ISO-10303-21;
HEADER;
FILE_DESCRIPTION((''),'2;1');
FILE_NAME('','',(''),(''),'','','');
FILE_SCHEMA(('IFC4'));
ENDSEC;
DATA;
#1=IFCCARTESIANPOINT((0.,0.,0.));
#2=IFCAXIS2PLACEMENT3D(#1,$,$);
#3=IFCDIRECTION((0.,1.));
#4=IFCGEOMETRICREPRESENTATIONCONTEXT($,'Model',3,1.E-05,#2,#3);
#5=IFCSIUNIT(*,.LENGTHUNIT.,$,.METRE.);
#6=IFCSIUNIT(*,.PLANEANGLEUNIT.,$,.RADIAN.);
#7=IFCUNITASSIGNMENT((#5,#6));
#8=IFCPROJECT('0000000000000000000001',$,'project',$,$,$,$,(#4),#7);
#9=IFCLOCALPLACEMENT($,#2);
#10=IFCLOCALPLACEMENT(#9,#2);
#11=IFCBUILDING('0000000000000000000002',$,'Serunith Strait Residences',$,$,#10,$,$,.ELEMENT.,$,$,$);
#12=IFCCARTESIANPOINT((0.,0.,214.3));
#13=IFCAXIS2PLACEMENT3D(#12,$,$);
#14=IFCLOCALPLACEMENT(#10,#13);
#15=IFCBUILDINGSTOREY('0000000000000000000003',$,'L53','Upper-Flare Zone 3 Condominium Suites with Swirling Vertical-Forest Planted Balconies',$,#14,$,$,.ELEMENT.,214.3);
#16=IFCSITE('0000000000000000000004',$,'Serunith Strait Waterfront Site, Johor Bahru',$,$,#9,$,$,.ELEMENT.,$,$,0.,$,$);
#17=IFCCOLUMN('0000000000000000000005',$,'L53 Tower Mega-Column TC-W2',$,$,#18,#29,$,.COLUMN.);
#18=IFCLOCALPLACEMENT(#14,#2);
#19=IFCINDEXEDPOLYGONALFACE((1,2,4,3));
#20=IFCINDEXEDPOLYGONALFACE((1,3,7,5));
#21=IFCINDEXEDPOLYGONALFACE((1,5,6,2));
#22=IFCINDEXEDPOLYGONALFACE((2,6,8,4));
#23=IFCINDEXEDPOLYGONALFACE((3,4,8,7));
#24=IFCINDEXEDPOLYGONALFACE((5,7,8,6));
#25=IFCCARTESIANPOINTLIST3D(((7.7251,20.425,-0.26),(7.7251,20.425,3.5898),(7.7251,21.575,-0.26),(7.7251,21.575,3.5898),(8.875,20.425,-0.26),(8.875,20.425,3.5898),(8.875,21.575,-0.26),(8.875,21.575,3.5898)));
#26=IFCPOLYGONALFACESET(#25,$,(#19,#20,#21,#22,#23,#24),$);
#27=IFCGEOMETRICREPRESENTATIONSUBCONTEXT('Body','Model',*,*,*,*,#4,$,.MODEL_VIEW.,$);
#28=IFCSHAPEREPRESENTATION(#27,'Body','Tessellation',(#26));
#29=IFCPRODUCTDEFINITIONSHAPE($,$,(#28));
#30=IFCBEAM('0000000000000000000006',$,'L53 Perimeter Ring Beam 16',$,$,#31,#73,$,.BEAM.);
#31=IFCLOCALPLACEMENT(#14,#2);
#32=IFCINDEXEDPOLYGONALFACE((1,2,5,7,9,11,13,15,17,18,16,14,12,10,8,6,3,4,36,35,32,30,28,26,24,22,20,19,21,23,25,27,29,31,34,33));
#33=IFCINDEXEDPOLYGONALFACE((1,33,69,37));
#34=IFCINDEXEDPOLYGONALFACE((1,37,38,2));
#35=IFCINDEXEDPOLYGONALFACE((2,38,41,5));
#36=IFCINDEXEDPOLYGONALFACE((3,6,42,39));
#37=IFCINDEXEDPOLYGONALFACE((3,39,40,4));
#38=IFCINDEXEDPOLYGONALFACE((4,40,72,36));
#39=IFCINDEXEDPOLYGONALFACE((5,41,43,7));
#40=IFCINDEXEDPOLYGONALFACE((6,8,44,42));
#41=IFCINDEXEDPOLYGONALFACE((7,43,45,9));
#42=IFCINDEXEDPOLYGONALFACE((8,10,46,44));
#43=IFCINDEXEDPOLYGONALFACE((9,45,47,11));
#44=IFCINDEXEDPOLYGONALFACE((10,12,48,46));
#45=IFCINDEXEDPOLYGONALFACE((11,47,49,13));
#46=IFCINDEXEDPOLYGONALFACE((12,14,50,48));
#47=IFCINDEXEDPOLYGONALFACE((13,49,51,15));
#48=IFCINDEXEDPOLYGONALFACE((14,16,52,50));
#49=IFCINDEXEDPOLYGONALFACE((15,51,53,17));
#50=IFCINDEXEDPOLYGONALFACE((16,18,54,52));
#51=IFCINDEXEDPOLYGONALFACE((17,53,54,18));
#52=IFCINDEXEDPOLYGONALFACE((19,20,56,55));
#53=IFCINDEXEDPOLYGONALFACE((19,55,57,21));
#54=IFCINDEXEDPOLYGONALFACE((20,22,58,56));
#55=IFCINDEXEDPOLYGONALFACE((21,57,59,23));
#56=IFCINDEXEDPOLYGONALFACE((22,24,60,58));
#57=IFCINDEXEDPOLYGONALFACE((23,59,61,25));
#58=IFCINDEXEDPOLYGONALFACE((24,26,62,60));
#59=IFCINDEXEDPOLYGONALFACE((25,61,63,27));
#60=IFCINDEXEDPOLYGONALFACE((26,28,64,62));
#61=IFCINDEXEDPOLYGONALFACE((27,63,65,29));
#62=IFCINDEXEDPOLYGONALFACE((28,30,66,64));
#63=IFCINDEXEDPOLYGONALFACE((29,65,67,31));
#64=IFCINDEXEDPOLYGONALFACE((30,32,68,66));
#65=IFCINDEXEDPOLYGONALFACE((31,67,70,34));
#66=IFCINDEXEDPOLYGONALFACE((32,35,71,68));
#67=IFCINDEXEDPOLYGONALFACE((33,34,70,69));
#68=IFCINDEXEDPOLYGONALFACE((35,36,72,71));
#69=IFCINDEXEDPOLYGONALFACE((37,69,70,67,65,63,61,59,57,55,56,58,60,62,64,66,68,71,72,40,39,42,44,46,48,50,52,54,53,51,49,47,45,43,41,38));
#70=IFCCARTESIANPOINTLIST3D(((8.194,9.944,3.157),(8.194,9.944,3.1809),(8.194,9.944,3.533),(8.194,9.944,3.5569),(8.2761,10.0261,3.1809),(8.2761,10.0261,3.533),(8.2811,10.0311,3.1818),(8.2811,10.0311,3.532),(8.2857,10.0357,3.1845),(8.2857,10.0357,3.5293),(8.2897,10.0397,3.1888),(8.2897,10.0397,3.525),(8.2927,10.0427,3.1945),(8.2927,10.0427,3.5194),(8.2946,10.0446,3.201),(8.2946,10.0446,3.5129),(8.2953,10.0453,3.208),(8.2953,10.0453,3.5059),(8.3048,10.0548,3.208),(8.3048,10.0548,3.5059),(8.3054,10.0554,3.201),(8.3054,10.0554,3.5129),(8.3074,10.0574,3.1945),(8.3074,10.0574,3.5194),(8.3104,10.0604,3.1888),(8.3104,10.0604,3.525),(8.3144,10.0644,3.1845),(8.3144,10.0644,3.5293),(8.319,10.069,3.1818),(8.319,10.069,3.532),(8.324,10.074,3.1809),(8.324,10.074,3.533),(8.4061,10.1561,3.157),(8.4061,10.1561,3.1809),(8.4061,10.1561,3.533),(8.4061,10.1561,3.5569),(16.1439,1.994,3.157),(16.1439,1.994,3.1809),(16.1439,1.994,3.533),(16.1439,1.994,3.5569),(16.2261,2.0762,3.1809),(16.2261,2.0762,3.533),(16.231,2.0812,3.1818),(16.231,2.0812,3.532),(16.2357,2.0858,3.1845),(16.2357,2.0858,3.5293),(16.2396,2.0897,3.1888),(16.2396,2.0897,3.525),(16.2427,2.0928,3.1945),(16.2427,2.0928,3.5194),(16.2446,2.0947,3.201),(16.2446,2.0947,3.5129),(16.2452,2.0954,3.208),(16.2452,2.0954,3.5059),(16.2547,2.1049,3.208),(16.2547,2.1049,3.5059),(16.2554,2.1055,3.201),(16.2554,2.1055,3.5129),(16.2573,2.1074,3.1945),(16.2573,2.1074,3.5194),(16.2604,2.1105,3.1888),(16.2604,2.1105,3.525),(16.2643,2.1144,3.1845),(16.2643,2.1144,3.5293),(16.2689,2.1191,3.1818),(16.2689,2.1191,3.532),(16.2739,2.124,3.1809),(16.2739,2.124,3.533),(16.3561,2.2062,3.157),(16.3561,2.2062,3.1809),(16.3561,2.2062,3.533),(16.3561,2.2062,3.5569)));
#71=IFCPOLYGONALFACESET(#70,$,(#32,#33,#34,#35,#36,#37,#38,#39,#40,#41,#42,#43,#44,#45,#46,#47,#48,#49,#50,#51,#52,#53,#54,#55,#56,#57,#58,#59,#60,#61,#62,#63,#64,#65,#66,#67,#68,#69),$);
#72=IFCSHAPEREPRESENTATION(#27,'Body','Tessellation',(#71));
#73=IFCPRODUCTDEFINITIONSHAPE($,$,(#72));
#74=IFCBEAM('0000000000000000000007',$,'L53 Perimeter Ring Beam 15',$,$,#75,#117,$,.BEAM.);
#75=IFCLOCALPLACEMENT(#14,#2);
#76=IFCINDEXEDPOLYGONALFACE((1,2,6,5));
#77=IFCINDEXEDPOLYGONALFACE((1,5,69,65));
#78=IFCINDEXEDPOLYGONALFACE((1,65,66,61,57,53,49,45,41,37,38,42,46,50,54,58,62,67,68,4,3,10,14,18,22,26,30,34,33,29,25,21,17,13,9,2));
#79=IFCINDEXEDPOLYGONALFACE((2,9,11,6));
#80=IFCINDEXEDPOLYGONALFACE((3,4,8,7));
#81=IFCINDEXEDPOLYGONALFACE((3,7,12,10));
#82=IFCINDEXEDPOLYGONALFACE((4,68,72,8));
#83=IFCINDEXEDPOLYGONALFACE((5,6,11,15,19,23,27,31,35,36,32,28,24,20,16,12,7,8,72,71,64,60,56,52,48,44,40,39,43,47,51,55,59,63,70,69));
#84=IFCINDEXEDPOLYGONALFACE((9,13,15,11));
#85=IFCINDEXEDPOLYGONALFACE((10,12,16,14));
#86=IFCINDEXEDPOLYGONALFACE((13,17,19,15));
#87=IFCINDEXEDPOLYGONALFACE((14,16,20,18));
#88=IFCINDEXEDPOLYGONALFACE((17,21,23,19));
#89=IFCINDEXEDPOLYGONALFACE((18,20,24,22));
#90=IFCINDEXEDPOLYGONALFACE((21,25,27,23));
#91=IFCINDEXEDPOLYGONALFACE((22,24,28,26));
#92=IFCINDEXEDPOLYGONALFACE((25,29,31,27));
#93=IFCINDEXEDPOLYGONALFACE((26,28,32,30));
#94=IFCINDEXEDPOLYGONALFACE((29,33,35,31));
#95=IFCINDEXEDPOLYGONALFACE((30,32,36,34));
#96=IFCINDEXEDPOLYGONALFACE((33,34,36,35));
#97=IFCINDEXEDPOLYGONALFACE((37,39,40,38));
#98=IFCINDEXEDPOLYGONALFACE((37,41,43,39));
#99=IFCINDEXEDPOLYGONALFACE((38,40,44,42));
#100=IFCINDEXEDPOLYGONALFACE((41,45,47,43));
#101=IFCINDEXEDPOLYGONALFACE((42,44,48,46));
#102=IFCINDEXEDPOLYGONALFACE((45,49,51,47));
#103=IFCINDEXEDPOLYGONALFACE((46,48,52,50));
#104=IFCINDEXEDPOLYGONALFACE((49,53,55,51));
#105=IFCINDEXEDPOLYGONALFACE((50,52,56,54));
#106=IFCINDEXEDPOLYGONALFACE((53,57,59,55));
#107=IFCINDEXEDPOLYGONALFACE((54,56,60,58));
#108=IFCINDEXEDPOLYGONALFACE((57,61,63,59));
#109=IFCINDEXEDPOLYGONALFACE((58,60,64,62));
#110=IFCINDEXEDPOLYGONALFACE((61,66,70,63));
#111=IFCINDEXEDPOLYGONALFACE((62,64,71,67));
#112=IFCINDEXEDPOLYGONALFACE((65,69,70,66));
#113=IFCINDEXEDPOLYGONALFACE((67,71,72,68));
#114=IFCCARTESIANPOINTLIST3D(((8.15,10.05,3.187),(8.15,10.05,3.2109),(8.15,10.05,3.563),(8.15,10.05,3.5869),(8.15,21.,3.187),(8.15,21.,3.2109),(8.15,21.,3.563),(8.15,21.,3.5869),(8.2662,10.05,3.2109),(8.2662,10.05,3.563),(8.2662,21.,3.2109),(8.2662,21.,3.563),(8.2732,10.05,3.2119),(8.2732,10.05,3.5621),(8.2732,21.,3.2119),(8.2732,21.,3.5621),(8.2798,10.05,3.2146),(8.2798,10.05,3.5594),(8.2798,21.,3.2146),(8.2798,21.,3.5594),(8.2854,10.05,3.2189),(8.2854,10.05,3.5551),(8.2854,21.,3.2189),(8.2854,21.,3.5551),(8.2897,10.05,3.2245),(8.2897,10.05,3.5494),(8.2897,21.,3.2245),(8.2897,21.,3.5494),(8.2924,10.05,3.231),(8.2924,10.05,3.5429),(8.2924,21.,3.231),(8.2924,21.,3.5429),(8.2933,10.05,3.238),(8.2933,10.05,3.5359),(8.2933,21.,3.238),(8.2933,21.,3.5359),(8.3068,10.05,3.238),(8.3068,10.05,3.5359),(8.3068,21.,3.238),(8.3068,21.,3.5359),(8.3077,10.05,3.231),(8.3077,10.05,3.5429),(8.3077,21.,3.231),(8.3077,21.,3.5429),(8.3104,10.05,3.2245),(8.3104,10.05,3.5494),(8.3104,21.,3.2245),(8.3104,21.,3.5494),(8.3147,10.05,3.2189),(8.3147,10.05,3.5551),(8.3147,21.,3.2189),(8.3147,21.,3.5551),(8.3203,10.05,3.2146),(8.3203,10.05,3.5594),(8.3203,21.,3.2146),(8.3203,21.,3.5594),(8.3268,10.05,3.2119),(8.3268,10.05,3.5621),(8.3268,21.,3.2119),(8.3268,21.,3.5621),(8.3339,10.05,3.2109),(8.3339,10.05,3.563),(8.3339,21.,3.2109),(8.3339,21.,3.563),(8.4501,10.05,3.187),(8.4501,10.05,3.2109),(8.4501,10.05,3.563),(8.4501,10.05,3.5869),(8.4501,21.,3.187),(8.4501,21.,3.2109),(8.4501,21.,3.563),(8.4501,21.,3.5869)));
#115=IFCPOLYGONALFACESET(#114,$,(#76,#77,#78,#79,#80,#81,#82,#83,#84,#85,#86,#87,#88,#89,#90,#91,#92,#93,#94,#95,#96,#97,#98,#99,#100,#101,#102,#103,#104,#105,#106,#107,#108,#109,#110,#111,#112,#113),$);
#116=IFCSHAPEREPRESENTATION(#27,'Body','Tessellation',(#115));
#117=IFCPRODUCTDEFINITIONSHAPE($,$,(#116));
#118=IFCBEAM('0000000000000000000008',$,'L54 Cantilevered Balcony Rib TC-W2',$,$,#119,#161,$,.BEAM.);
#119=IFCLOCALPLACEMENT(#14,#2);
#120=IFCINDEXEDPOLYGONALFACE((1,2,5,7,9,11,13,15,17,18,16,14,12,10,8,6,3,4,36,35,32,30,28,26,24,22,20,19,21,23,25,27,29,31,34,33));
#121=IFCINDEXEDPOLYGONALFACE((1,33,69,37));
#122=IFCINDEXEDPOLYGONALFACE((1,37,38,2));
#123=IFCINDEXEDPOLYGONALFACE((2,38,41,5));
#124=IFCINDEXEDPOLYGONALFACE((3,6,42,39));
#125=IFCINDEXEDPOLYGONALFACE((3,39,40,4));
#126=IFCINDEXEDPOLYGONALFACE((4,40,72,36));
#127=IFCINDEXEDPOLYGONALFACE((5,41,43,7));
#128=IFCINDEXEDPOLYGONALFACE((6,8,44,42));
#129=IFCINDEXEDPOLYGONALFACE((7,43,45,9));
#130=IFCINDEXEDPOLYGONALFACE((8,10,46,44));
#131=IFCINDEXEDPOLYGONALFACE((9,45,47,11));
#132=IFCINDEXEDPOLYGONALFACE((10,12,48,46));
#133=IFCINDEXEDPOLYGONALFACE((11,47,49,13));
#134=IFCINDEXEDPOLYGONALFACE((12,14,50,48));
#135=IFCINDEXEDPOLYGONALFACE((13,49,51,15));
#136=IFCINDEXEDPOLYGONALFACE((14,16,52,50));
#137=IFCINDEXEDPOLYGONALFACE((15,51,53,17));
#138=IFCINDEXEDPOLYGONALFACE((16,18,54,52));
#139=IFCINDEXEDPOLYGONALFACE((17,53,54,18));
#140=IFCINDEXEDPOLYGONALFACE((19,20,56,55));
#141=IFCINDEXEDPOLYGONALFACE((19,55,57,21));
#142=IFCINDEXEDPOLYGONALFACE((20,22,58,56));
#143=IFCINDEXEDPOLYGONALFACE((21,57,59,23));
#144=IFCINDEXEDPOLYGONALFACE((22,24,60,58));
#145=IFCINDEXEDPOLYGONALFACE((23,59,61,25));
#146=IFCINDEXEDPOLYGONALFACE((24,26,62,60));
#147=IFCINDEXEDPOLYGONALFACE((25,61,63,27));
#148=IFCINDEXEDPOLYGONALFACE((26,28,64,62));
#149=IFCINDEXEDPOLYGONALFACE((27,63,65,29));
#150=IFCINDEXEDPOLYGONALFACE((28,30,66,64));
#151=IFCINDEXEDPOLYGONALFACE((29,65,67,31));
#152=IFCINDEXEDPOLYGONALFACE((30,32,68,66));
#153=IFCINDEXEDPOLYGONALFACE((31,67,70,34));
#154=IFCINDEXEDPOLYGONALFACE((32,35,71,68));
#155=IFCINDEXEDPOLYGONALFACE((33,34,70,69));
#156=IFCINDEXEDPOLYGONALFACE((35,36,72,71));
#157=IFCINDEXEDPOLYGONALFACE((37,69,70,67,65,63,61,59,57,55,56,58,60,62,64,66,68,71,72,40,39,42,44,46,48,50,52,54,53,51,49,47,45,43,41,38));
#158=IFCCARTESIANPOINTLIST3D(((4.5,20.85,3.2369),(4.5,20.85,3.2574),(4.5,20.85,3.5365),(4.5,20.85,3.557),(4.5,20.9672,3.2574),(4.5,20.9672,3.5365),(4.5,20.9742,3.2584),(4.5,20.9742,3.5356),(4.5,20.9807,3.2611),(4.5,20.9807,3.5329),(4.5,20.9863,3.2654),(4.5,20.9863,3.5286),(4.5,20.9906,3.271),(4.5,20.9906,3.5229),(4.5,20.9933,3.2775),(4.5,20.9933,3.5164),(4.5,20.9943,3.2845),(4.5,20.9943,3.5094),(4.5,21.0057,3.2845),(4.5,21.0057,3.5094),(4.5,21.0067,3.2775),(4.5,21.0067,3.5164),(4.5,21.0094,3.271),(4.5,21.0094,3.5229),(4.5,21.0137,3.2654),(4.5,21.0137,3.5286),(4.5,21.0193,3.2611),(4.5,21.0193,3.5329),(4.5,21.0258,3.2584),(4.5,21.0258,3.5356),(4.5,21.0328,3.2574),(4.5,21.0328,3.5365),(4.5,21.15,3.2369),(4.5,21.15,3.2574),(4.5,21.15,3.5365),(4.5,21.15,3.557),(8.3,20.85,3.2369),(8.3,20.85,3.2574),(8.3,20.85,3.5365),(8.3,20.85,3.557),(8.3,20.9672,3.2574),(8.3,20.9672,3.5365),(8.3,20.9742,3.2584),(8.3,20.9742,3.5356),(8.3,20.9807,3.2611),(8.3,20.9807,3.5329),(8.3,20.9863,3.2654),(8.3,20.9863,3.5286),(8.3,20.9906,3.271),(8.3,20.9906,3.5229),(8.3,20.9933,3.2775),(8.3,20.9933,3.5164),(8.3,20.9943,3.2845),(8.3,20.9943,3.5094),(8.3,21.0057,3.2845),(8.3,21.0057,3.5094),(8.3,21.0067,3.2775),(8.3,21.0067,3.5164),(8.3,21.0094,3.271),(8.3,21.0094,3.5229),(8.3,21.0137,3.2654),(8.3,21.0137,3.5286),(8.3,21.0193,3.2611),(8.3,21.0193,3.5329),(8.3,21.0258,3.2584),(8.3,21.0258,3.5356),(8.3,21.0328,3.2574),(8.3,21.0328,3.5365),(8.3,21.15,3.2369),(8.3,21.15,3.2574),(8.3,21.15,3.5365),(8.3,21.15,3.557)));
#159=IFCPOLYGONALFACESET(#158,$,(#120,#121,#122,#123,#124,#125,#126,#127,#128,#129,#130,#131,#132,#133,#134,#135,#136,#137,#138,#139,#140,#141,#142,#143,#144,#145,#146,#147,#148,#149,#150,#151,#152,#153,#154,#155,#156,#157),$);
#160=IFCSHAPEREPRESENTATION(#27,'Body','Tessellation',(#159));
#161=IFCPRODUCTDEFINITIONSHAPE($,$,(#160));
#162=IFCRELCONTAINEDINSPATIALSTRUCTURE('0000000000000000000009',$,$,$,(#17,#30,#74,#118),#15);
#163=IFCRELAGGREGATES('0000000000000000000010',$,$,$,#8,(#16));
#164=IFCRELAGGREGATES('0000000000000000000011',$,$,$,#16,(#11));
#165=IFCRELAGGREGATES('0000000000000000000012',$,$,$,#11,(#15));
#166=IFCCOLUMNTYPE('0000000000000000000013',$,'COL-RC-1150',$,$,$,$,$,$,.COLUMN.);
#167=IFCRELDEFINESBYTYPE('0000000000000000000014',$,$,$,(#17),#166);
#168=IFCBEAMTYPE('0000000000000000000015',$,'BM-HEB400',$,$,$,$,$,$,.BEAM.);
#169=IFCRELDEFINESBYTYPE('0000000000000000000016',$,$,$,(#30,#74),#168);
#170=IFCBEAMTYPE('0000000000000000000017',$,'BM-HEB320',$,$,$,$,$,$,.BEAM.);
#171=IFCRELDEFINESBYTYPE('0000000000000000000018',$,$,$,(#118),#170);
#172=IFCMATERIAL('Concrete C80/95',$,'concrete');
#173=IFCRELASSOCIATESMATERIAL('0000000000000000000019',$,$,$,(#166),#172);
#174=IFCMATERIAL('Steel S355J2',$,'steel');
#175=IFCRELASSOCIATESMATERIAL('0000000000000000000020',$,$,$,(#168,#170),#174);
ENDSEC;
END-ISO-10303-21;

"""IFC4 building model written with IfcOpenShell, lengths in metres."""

from ifc_helpers import new_model, si_unit, direction, frame, origin, origin_2d, place, context, subcontext, project, spatial, rectangle, i_section, extrude, source, transform, mapped, material, material_profile, profile_set, type_object, element, save


model = new_model("IFC4")

# Units and contexts
model_context = context("Model", 3, precision=1e-05, world=origin(), true_north=direction((0.0, 1.0)))
body_context = subcontext(model_context, "Body", "Model", "MODEL_VIEW")
ifc_project = project(units=[si_unit("LENGTHUNIT", "METRE"), si_unit("PLANEANGLEUNIT", "RADIAN")], contexts=[model_context])

# Site, building, storey
site_placement = place(None, origin())
site = spatial("IfcSite", under=ifc_project, at=site_placement, Name="Serunith Strait Waterfront Site, Johor Bahru", CompositionType="ELEMENT", RefElevation=0.0)
building_placement = place(site_placement, origin())
building = spatial("IfcBuilding", under=site, at=building_placement, Name="Serunith Strait Residences", CompositionType="ELEMENT")
storey_placement = place(building_placement, frame((0.0, 0.0, 214.3)))
storey = spatial("IfcBuildingStorey", under=building, at=storey_placement, Name="L53", Description="Upper-Flare Zone 3 Condominium Suites with Swirling Vertical-Forest Planted Balconies", CompositionType="ELEMENT", Elevation=214.3)

# Column
ifc_material_1 = material(Name="Concrete C80/95", Category="concrete")
ifc_material_profile_1 = material_profile(ifc_material_1, rectangle(XDim=1.1499, YDim=1.1499, at=origin_2d()), Name="RC 1150x1150")
ifc_profile_set_1 = profile_set([ifc_material_profile_1], Name="Concrete C80/95")
column_type = type_object("IfcColumnType", Name="COL-RC-1150", PredefinedType="COLUMN", material=ifc_profile_set_1)
shared_shape_1 = source(origin(), body_context, "Body", "SweptSolid", [
    extrude(rectangle(XDim=1.1499, YDim=1.1499, at=origin_2d()), origin(), (0.0, 0.0, 1.0), 3.8499),
])
column_placement = place(storey_placement, frame((8.3, 21.0, -0.26), z_axis=(0.0, 0.0, 1.0), x_axis=(1.0, 0.0, 0.0)))
element("IfcColumn", 1, at=column_placement, inside=storey, type_object=column_type, Name="L53 Tower Mega-Column TC-W2", PredefinedType="COLUMN", context=body_context, shape_type="MappedRepresentation", body=[
    mapped(shared_shape_1, transform((0.0, 0.0, 0.0), scale=1.0)),
])

# Beams
ifc_material_2 = material(Name="Steel S355J2", Category="steel")
ifc_material_profile_2 = material_profile(ifc_material_2, i_section(OverallWidth=0.3, OverallDepth=0.3999, WebThickness=0.0134, FlangeThickness=0.0239, FilletRadius=0.0271, at=origin_2d()), Name="HEB 400")
ifc_profile_set_2 = profile_set([ifc_material_profile_2], Name="Steel S355J2")
beam_type_1 = type_object("IfcBeamType", Name="BM-HEB400", PredefinedType="BEAM", material=ifc_profile_set_2)
shared_shape_2 = source(origin(), body_context, "Body", "SweptSolid", [
    extrude(i_section(OverallWidth=0.3, OverallDepth=0.3999, WebThickness=0.0134, FlangeThickness=0.0239, FilletRadius=0.0271, at=origin_2d()), origin(), (0.0, 0.0, 1.0), 11.2429),
])
beam_1_placement = place(storey_placement, frame((8.3, 10.05, 3.3569), z_axis=(0.707107, -0.707107, 0.0), x_axis=(0.707107, 0.707107, 0.0)))
element("IfcBeam", 2, at=beam_1_placement, inside=storey, type_object=beam_type_1, Name="L53 Perimeter Ring Beam 16", PredefinedType="BEAM", context=body_context, shape_type="MappedRepresentation", body=[
    mapped(shared_shape_2, transform((0.0, 0.0, 0.0), scale=1.0)),
])
shared_shape_3 = source(origin(), body_context, "Body", "SweptSolid", [
    extrude(i_section(OverallWidth=0.3, OverallDepth=0.3999, WebThickness=0.0134, FlangeThickness=0.0239, FilletRadius=0.0271, at=origin_2d()), origin(), (0.0, 0.0, 1.0), 10.95),
])
beam_2_placement = place(storey_placement, frame((8.3, 21.0, 3.387), z_axis=(0.0, -1.0, 0.0), x_axis=(1.0, 0.0, 0.0)))
element("IfcBeam", 3, at=beam_2_placement, inside=storey, type_object=beam_type_1, Name="L53 Perimeter Ring Beam 15", PredefinedType="BEAM", context=body_context, shape_type="MappedRepresentation", body=[
    mapped(shared_shape_3, transform((0.0, 0.0, 0.0), scale=1.0)),
])
ifc_material_profile_3 = material_profile(ifc_material_2, i_section(OverallWidth=0.3, OverallDepth=0.3201, WebThickness=0.0115, FlangeThickness=0.0205, FilletRadius=0.0271, at=origin_2d()), Name="HEB 320")
ifc_profile_set_3 = profile_set([ifc_material_profile_3], Name="Steel S355J2")
beam_type_2 = type_object("IfcBeamType", Name="BM-HEB320", PredefinedType="BEAM", material=ifc_profile_set_3)
shared_shape_4 = source(origin(), body_context, "Body", "SweptSolid", [
    extrude(i_section(OverallWidth=0.3, OverallDepth=0.3201, WebThickness=0.0115, FlangeThickness=0.0205, FilletRadius=0.0271, at=origin_2d()), origin(), (0.0, 0.0, 1.0), 3.8),
])
beam_3_placement = place(storey_placement, frame((8.3, 21.0, 3.397), z_axis=(-1.0, 0.0, 0.0), x_axis=(0.0, -1.0, 0.0)))
element("IfcBeam", 4, at=beam_3_placement, inside=storey, type_object=beam_type_2, Name="L54 Cantilevered Balcony Rib TC-W2", PredefinedType="BEAM", context=body_context, shape_type="MappedRepresentation", body=[
    mapped(shared_shape_4, transform((0.0, 0.0, 0.0), scale=1.0)),
])

save(model, "model.ifc")
